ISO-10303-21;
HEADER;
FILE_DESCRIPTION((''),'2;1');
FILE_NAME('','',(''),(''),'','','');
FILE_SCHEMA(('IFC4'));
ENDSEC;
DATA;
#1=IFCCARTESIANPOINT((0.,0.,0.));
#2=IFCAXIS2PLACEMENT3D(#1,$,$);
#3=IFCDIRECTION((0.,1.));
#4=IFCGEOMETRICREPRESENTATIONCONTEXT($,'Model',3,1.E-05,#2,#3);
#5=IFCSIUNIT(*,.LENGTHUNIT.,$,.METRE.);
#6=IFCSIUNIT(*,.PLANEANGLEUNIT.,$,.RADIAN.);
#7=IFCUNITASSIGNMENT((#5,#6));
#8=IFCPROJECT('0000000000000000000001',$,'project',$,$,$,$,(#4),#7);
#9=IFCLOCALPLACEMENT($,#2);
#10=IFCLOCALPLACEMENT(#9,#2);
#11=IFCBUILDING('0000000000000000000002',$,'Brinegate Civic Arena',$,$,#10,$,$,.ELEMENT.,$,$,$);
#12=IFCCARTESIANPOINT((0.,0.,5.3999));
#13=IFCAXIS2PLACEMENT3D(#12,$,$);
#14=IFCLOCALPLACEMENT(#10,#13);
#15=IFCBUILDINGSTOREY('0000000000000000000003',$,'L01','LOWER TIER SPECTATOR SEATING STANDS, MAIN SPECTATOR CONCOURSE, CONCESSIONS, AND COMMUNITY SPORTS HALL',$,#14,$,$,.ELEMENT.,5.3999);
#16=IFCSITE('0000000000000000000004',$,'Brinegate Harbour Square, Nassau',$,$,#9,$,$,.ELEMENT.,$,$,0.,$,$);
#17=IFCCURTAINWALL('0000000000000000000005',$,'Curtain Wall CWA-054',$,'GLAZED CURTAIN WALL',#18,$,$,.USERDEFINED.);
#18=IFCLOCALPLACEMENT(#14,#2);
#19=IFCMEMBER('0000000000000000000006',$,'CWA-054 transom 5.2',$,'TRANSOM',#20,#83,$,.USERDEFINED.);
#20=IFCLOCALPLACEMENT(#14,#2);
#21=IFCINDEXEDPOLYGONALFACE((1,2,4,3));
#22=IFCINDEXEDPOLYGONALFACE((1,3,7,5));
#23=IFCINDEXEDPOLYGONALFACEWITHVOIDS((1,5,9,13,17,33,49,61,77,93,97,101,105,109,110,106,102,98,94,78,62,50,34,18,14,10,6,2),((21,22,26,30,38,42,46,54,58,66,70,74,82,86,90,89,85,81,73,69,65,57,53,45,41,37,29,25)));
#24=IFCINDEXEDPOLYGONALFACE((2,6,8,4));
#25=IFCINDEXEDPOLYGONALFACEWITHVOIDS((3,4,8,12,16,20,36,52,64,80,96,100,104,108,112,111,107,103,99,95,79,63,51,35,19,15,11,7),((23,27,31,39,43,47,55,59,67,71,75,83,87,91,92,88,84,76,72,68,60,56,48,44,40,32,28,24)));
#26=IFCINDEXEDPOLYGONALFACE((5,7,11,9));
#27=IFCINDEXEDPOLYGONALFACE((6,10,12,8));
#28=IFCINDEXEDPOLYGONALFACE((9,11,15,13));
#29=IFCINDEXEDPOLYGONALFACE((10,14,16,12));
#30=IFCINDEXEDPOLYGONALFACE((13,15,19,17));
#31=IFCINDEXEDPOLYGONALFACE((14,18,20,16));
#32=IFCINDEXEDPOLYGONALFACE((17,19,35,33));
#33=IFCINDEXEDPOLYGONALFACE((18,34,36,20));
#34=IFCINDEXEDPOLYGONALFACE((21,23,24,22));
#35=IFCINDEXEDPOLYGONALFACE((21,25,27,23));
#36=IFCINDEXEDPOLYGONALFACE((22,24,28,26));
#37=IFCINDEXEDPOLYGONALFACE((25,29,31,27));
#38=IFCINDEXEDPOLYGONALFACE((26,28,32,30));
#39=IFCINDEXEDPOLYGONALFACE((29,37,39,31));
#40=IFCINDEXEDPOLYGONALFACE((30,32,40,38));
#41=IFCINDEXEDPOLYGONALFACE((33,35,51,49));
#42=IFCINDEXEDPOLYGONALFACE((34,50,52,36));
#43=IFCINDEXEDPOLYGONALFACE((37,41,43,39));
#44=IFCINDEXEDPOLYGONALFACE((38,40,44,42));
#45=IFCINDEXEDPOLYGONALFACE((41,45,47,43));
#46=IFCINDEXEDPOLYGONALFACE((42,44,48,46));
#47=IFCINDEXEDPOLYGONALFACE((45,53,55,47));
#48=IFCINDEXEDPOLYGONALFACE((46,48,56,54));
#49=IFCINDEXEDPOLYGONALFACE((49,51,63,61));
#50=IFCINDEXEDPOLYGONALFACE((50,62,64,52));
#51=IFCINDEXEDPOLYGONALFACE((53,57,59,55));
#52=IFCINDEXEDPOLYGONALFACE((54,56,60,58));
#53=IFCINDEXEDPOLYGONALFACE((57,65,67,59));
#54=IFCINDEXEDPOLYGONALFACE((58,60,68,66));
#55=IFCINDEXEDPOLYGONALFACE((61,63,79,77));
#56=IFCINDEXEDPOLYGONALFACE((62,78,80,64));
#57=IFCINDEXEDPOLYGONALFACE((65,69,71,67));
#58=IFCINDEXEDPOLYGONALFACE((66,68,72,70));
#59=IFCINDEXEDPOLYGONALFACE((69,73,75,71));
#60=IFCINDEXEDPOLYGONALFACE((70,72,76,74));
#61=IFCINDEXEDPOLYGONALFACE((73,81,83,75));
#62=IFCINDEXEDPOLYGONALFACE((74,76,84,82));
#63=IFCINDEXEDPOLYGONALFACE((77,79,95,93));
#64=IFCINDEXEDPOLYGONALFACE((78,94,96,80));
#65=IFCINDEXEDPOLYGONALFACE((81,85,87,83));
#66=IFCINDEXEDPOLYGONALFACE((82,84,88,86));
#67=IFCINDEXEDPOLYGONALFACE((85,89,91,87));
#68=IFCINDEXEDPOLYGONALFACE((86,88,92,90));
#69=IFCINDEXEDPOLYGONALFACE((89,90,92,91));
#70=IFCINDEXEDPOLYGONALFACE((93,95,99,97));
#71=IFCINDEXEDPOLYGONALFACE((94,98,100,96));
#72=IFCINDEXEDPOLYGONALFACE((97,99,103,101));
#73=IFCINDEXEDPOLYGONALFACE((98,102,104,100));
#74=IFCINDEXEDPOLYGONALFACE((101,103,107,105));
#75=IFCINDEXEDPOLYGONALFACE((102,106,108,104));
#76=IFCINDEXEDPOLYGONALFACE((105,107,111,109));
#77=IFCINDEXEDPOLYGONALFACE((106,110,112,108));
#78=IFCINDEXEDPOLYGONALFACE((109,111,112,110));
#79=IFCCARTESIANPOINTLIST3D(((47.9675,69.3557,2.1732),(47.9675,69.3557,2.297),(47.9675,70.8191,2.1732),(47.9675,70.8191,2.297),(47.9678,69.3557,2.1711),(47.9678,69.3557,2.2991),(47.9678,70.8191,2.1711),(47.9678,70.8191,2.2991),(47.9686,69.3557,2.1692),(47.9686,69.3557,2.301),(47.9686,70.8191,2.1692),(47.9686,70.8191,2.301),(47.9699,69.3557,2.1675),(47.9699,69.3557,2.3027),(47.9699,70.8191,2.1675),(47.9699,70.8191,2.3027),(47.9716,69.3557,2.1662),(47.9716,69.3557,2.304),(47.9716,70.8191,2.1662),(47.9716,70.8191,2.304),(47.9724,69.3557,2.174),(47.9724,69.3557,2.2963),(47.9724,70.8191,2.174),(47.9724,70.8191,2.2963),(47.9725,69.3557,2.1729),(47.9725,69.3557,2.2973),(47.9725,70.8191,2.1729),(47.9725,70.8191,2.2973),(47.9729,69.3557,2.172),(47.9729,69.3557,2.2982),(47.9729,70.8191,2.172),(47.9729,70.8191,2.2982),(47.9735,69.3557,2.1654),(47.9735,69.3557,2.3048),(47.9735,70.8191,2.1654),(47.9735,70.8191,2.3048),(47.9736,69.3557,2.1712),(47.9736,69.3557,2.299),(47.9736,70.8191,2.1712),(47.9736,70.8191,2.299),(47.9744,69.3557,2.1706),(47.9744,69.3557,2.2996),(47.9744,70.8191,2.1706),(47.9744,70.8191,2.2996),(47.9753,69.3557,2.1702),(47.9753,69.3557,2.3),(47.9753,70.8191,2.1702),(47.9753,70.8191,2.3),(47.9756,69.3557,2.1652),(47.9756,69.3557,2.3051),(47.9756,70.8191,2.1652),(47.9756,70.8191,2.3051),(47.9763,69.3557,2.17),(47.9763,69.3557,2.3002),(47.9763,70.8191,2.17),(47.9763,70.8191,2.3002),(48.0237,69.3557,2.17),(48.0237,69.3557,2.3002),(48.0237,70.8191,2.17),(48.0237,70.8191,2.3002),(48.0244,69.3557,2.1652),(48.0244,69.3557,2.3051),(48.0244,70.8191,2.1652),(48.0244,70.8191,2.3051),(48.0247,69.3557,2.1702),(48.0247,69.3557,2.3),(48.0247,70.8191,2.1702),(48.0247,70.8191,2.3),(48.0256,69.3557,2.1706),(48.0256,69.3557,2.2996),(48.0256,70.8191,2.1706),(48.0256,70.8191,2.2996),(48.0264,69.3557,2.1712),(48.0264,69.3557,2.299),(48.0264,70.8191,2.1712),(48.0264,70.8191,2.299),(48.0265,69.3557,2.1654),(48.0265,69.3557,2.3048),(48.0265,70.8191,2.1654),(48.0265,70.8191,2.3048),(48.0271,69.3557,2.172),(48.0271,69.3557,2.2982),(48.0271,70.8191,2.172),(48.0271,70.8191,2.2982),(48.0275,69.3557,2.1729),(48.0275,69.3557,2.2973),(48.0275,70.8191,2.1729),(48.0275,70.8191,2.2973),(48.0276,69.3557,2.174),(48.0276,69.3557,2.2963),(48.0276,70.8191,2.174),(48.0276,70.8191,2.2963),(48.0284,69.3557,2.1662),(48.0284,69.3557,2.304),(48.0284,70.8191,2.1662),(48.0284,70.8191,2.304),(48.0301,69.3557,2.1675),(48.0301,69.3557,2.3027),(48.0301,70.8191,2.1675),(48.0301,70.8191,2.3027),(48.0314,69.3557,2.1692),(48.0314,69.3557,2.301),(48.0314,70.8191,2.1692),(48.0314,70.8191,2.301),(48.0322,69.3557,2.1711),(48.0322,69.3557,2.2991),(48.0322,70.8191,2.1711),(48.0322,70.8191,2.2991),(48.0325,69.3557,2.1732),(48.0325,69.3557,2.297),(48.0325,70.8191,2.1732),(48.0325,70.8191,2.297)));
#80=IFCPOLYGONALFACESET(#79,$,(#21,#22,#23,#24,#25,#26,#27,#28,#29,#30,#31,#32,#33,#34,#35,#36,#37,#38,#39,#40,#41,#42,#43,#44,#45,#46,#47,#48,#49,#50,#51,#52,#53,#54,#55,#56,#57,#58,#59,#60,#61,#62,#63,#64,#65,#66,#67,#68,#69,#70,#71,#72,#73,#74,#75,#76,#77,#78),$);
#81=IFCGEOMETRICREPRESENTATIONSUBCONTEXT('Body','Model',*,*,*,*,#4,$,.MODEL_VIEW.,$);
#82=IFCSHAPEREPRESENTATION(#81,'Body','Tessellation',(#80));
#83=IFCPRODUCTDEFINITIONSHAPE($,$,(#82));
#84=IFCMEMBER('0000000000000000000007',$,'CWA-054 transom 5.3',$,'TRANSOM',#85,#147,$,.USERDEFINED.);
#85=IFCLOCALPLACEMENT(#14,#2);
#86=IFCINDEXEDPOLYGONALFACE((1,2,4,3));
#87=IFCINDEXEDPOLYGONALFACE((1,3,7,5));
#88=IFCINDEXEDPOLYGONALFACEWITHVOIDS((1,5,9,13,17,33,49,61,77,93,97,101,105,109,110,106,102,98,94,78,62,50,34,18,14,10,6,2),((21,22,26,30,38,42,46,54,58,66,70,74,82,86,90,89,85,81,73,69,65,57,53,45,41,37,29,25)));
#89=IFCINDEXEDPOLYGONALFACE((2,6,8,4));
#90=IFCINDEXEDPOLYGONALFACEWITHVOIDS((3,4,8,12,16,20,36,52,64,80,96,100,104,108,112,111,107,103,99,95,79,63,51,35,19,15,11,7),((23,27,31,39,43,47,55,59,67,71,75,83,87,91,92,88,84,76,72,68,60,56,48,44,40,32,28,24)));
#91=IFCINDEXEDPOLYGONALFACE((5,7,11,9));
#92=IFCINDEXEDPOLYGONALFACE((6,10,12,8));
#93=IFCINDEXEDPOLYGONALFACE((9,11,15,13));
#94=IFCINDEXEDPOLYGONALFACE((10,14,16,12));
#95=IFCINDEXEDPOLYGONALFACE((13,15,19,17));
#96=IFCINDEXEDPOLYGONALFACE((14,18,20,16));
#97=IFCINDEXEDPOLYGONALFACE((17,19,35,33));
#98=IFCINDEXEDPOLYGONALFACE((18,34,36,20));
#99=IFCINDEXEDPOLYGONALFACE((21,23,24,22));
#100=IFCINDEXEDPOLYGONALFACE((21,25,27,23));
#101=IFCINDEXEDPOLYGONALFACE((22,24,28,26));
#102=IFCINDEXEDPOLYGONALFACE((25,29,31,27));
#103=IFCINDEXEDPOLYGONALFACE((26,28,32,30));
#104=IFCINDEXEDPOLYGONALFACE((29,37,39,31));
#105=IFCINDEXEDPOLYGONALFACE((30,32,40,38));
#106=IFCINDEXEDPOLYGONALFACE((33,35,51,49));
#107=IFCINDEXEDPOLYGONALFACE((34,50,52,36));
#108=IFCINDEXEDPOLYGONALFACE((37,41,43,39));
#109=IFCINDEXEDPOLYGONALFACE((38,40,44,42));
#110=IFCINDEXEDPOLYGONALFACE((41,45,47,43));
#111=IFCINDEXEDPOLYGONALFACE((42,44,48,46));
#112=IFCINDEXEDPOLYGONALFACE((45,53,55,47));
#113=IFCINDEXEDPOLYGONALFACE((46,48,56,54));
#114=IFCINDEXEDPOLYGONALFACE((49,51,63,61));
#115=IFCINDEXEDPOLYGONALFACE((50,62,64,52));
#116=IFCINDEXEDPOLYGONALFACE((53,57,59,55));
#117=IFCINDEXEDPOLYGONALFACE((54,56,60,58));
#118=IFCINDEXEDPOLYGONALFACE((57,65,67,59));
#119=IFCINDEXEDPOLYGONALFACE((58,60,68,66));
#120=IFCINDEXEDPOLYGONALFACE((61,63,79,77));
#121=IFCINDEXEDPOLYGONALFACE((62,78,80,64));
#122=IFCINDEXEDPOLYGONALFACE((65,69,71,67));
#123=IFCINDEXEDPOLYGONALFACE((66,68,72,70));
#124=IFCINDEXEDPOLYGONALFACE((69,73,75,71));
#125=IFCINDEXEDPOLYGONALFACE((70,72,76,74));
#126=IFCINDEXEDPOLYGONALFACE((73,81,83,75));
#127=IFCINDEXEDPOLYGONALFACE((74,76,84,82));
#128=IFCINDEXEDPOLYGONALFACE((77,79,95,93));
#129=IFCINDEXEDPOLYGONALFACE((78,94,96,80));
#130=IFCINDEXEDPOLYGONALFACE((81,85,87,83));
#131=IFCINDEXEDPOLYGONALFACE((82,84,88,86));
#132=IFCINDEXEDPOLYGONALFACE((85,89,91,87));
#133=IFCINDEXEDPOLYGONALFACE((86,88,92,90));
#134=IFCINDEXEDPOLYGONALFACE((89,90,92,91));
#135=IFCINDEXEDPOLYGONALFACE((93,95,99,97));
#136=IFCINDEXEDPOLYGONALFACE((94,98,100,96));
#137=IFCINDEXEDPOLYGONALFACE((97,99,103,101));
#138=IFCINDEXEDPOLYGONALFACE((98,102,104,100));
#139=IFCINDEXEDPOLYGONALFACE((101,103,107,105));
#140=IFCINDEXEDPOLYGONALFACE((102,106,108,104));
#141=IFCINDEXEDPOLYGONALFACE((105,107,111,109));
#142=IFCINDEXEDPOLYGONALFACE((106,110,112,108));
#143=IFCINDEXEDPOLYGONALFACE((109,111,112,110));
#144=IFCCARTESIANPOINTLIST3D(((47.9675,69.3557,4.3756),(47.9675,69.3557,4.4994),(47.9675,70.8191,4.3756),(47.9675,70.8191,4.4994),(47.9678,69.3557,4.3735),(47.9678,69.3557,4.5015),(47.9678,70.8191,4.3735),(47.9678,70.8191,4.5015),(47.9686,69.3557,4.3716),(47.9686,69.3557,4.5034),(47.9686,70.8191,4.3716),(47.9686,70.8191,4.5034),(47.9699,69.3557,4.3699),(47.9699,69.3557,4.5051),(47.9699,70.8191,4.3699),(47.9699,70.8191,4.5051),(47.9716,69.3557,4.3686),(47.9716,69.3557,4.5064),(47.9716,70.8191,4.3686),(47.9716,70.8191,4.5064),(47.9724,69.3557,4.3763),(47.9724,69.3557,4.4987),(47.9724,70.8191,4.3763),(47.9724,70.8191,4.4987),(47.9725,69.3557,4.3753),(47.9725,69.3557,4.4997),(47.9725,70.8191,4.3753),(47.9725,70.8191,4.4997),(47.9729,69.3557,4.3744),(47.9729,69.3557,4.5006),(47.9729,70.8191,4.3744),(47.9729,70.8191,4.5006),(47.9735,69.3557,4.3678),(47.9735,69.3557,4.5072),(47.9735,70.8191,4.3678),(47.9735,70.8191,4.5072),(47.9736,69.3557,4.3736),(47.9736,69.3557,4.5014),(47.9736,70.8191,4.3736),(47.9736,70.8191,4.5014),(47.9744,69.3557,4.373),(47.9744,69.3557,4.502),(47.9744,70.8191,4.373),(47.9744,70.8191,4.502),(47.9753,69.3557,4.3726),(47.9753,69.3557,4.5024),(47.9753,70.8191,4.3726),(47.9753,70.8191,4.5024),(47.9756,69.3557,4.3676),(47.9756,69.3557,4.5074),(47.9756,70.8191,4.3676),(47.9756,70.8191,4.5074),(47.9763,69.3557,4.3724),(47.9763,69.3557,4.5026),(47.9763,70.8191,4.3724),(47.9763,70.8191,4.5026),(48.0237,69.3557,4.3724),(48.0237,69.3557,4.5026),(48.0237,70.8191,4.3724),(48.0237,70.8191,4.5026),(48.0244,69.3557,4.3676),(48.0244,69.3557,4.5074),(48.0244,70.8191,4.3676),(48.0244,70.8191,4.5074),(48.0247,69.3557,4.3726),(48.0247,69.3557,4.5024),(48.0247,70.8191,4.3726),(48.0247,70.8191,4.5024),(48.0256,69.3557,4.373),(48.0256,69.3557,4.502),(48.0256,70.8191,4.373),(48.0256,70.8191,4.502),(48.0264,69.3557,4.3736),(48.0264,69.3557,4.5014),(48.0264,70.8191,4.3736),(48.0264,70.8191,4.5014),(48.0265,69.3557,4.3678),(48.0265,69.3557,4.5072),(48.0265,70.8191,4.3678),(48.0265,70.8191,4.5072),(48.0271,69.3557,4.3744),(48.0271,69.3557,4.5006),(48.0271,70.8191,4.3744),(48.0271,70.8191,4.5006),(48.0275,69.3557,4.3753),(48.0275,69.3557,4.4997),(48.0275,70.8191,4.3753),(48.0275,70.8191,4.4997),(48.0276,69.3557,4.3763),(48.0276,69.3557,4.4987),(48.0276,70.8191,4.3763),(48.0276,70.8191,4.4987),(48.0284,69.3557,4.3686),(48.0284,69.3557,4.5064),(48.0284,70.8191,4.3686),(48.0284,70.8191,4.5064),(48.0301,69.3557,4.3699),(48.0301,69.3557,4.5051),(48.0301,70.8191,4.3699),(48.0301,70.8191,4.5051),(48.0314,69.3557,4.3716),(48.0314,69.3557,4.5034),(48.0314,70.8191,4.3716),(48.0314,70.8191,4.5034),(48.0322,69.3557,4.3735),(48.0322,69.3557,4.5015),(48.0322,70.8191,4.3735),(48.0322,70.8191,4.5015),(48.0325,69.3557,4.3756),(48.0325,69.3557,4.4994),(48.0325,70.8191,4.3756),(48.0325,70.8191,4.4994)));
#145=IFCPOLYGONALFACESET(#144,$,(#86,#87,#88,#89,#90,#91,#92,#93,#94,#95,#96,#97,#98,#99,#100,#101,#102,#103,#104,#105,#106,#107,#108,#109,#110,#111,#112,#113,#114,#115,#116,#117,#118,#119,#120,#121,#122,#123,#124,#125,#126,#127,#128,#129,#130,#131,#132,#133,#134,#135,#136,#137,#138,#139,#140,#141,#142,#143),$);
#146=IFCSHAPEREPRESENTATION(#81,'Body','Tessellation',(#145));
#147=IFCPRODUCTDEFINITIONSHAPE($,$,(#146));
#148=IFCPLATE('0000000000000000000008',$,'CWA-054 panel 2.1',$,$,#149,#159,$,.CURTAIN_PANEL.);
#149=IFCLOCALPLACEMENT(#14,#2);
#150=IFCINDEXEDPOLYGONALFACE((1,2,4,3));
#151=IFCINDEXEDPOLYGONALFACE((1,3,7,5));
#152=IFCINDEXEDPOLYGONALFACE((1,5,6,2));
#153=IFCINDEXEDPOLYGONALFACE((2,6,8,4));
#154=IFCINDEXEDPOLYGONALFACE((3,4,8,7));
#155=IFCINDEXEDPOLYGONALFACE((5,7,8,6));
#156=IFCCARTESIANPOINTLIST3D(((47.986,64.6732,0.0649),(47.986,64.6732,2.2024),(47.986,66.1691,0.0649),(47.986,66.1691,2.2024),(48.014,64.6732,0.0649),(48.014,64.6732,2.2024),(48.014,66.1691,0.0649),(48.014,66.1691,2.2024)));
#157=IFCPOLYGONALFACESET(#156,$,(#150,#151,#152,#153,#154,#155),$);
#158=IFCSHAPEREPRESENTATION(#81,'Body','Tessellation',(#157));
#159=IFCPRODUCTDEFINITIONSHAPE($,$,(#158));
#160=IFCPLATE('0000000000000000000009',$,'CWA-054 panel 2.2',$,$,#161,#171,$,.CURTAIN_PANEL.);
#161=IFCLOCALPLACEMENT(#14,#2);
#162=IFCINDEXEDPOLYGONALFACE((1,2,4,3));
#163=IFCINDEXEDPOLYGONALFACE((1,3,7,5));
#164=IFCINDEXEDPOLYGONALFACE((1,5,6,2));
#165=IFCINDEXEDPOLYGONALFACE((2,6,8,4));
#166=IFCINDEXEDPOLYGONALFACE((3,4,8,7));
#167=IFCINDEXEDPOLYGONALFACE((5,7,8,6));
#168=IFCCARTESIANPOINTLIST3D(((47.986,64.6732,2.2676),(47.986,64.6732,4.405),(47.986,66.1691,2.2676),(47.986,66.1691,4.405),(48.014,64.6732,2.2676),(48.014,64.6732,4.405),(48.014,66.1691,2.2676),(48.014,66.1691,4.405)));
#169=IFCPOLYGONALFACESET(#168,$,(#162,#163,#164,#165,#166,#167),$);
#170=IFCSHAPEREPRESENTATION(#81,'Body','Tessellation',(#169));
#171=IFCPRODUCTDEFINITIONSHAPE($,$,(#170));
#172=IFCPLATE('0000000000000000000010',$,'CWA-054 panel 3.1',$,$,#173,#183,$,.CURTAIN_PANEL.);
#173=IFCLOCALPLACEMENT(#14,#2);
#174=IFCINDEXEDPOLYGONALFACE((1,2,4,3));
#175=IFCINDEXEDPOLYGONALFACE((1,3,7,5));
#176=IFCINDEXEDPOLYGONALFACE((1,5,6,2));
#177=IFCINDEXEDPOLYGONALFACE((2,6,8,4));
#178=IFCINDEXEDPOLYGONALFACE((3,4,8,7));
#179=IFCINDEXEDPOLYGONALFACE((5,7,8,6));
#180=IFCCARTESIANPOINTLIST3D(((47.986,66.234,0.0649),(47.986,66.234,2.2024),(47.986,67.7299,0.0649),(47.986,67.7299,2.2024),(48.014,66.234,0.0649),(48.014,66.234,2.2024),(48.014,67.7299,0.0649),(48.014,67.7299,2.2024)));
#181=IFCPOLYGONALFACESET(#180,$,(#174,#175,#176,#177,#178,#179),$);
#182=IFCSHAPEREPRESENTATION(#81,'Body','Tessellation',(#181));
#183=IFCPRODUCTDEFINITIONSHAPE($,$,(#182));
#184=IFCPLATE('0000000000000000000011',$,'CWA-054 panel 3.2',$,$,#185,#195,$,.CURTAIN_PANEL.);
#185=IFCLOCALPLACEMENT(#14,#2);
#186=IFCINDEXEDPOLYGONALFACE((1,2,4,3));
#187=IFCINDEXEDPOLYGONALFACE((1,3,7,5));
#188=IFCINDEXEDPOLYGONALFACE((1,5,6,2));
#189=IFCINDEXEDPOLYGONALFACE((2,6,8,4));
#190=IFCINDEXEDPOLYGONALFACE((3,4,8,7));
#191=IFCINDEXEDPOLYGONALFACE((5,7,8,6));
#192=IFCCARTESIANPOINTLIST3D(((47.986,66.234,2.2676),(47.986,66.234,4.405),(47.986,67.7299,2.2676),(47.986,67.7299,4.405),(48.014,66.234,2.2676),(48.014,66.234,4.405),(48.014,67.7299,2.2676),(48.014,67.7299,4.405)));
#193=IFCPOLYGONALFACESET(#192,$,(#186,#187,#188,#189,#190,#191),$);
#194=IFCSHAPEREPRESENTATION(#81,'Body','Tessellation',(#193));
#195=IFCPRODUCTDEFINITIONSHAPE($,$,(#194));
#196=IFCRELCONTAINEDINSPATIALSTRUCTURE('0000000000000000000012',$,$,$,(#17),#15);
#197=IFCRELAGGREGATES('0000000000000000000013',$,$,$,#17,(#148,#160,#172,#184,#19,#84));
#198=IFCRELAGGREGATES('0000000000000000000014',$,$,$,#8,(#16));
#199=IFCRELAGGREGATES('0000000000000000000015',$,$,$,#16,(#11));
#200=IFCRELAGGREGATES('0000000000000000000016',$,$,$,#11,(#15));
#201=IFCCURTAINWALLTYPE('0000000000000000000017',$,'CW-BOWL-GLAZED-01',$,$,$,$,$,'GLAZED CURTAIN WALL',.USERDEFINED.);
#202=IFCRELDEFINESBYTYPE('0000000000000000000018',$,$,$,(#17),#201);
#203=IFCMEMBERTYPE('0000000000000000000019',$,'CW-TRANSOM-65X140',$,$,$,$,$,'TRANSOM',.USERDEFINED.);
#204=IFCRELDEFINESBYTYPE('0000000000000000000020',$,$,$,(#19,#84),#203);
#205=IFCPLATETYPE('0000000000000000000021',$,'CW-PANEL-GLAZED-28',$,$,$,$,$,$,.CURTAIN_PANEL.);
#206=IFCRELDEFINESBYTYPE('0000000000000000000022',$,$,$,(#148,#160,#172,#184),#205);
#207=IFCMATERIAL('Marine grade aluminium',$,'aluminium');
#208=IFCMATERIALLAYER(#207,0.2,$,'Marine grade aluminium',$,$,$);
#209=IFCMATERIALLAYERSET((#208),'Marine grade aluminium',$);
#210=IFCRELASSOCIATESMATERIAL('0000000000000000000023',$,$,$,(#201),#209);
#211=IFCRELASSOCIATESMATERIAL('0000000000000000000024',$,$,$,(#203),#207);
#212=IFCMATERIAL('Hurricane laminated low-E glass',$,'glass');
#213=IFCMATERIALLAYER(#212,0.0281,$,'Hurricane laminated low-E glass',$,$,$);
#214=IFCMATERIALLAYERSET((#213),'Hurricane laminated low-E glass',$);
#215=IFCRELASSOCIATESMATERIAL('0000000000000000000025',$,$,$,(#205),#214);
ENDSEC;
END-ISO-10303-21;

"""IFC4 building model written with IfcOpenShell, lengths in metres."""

from ifc_helpers import new_model, si_unit, direction, frame, origin, origin_2d, place, context, subcontext, project, spatial, rectangle, hollow_rectangle, extrude, material, layer, layer_set, material_profile, profile_set, type_object, element, aggregate, save


model = new_model("IFC4")

# Units and contexts
model_context = context("Model", 3, precision=1e-05, world=origin(), true_north=direction((0.0, 1.0)))
body_context = subcontext(model_context, "Body", "Model", "MODEL_VIEW")
ifc_project = project(units=[si_unit("LENGTHUNIT", "METRE"), si_unit("PLANEANGLEUNIT", "RADIAN")], contexts=[model_context])

# Site, building, storey
site_placement = place(None, origin())
site = spatial("IfcSite", under=ifc_project, at=site_placement, Name="Brinegate Harbour Square, Nassau", CompositionType="ELEMENT", RefElevation=0.0)
building_placement = place(site_placement, origin())
building = spatial("IfcBuilding", under=site, at=building_placement, Name="Brinegate Civic Arena", CompositionType="ELEMENT")
storey_placement = place(building_placement, frame((0.0, 0.0, 5.3999)))
storey = spatial("IfcBuildingStorey", under=building, at=storey_placement, Name="L01", Description="LOWER TIER SPECTATOR SEATING STANDS, MAIN SPECTATOR CONCOURSE, CONCESSIONS, AND COMMUNITY SPORTS HALL", CompositionType="ELEMENT", Elevation=5.3999)

# Curtain wall, members, plates
ifc_material_1 = material(Name="Marine grade aluminium", Category="aluminium")
ifc_layer_1 = layer(ifc_material_1, 0.2, Name="Marine grade aluminium")
ifc_layer_set_1 = layer_set([ifc_layer_1], Name="Marine grade aluminium")
curtain_wall_type = type_object("IfcCurtainWallType", Name="CW-BOWL-GLAZED-01", ElementType="GLAZED CURTAIN WALL", PredefinedType="USERDEFINED", material=ifc_layer_set_1)
curtain_wall_placement = place(storey_placement, origin())
curtain_wall = element("IfcCurtainWall", 1, at=curtain_wall_placement, inside=storey, type_object=curtain_wall_type, Name="Curtain Wall CWA-054", ObjectType="GLAZED CURTAIN WALL", PredefinedType="USERDEFINED")
ifc_material_profile_1 = material_profile(ifc_material_1, hollow_rectangle(XDim=0.0649, YDim=0.1399, WallThickness=0.0049, InnerFilletRadius=0.0039, OuterFilletRadius=0.0081, at=origin_2d()), Name="TRN65X140")
ifc_profile_set_1 = profile_set([ifc_material_profile_1], Name="Marine grade aluminium")
member_type_1 = type_object("IfcMemberType", Name="CW-TRANSOM-65X140", ElementType="TRANSOM", PredefinedType="USERDEFINED", material=ifc_profile_set_1)
member_1_placement = place(storey_placement, frame((48.0, 69.3557, 2.2351), z_axis=(0.0, 1.0, 0.0), x_axis=(-1.0, 0.0, 0.0)))
member_1 = element("IfcMember", 2, at=member_1_placement, type_object=member_type_1, Name="CWA-054 transom 5.2", ObjectType="TRANSOM", PredefinedType="USERDEFINED", context=body_context, shape_type="SweptSolid", body=[
    extrude(hollow_rectangle(XDim=0.0649, YDim=0.1399, WallThickness=0.0049, InnerFilletRadius=0.0039, OuterFilletRadius=0.0081, at=origin_2d()), origin(), (0.0, 0.0, 1.0), 1.4634),
])
member_2_placement = place(storey_placement, frame((48.0, 69.3557, 4.4375), z_axis=(0.0, 1.0, 0.0), x_axis=(-1.0, 0.0, 0.0)))
member_2 = element("IfcMember", 3, at=member_2_placement, type_object=member_type_1, Name="CWA-054 transom 5.3", ObjectType="TRANSOM", PredefinedType="USERDEFINED", context=body_context, shape_type="SweptSolid", body=[
    extrude(hollow_rectangle(XDim=0.0649, YDim=0.1399, WallThickness=0.0049, InnerFilletRadius=0.0039, OuterFilletRadius=0.0081, at=origin_2d()), origin(), (0.0, 0.0, 1.0), 1.4634),
])
ifc_material_2 = material(Name="Hurricane laminated low-E glass", Category="glass")
ifc_layer_2 = layer(ifc_material_2, 0.0281, Name="Hurricane laminated low-E glass")
ifc_layer_set_2 = layer_set([ifc_layer_2], Name="Hurricane laminated low-E glass")
plate_type = type_object("IfcPlateType", Name="CW-PANEL-GLAZED-28", PredefinedType="CURTAIN_PANEL", material=ifc_layer_set_2)
plate_1_placement = place(storey_placement, frame((48.0, 65.4211, 0.0649), z_axis=(0.0, 0.0, 1.0), x_axis=(0.0, 1.0, 0.0)))
plate_1 = element("IfcPlate", 4, at=plate_1_placement, type_object=plate_type, Name="CWA-054 panel 2.1", PredefinedType="CURTAIN_PANEL", context=body_context, shape_type="SweptSolid", body=[
    extrude(rectangle(XDim=1.4958, YDim=0.0281, at=origin_2d()), origin(), (0.0, 0.0, 1.0), 2.1375),
])
plate_2_placement = place(storey_placement, frame((48.0, 65.4211, 2.2676), z_axis=(0.0, 0.0, 1.0), x_axis=(0.0, 1.0, 0.0)))
plate_2 = element("IfcPlate", 5, at=plate_2_placement, type_object=plate_type, Name="CWA-054 panel 2.2", PredefinedType="CURTAIN_PANEL", context=body_context, shape_type="SweptSolid", body=[
    extrude(rectangle(XDim=1.4958, YDim=0.0281, at=origin_2d()), origin(), (0.0, 0.0, 1.0), 2.1375),
])
plate_3_placement = place(storey_placement, frame((48.0, 66.9819, 0.0649), z_axis=(0.0, 0.0, 1.0), x_axis=(0.0, 1.0, 0.0)))
plate_3 = element("IfcPlate", 6, at=plate_3_placement, type_object=plate_type, Name="CWA-054 panel 3.1", PredefinedType="CURTAIN_PANEL", context=body_context, shape_type="SweptSolid", body=[
    extrude(rectangle(XDim=1.4958, YDim=0.0281, at=origin_2d()), origin(), (0.0, 0.0, 1.0), 2.1375),
])
plate_4_placement = place(storey_placement, frame((48.0, 66.9819, 2.2676), z_axis=(0.0, 0.0, 1.0), x_axis=(0.0, 1.0, 0.0)))
plate_4 = element("IfcPlate", 7, at=plate_4_placement, type_object=plate_type, Name="CWA-054 panel 3.2", PredefinedType="CURTAIN_PANEL", context=body_context, shape_type="SweptSolid", body=[
    extrude(rectangle(XDim=1.4958, YDim=0.0281, at=origin_2d()), origin(), (0.0, 0.0, 1.0), 2.1375),
])
aggregate(curtain_wall, [plate_1, plate_2, plate_3, plate_4, member_1, member_2])

save(model, "model.ifc")
